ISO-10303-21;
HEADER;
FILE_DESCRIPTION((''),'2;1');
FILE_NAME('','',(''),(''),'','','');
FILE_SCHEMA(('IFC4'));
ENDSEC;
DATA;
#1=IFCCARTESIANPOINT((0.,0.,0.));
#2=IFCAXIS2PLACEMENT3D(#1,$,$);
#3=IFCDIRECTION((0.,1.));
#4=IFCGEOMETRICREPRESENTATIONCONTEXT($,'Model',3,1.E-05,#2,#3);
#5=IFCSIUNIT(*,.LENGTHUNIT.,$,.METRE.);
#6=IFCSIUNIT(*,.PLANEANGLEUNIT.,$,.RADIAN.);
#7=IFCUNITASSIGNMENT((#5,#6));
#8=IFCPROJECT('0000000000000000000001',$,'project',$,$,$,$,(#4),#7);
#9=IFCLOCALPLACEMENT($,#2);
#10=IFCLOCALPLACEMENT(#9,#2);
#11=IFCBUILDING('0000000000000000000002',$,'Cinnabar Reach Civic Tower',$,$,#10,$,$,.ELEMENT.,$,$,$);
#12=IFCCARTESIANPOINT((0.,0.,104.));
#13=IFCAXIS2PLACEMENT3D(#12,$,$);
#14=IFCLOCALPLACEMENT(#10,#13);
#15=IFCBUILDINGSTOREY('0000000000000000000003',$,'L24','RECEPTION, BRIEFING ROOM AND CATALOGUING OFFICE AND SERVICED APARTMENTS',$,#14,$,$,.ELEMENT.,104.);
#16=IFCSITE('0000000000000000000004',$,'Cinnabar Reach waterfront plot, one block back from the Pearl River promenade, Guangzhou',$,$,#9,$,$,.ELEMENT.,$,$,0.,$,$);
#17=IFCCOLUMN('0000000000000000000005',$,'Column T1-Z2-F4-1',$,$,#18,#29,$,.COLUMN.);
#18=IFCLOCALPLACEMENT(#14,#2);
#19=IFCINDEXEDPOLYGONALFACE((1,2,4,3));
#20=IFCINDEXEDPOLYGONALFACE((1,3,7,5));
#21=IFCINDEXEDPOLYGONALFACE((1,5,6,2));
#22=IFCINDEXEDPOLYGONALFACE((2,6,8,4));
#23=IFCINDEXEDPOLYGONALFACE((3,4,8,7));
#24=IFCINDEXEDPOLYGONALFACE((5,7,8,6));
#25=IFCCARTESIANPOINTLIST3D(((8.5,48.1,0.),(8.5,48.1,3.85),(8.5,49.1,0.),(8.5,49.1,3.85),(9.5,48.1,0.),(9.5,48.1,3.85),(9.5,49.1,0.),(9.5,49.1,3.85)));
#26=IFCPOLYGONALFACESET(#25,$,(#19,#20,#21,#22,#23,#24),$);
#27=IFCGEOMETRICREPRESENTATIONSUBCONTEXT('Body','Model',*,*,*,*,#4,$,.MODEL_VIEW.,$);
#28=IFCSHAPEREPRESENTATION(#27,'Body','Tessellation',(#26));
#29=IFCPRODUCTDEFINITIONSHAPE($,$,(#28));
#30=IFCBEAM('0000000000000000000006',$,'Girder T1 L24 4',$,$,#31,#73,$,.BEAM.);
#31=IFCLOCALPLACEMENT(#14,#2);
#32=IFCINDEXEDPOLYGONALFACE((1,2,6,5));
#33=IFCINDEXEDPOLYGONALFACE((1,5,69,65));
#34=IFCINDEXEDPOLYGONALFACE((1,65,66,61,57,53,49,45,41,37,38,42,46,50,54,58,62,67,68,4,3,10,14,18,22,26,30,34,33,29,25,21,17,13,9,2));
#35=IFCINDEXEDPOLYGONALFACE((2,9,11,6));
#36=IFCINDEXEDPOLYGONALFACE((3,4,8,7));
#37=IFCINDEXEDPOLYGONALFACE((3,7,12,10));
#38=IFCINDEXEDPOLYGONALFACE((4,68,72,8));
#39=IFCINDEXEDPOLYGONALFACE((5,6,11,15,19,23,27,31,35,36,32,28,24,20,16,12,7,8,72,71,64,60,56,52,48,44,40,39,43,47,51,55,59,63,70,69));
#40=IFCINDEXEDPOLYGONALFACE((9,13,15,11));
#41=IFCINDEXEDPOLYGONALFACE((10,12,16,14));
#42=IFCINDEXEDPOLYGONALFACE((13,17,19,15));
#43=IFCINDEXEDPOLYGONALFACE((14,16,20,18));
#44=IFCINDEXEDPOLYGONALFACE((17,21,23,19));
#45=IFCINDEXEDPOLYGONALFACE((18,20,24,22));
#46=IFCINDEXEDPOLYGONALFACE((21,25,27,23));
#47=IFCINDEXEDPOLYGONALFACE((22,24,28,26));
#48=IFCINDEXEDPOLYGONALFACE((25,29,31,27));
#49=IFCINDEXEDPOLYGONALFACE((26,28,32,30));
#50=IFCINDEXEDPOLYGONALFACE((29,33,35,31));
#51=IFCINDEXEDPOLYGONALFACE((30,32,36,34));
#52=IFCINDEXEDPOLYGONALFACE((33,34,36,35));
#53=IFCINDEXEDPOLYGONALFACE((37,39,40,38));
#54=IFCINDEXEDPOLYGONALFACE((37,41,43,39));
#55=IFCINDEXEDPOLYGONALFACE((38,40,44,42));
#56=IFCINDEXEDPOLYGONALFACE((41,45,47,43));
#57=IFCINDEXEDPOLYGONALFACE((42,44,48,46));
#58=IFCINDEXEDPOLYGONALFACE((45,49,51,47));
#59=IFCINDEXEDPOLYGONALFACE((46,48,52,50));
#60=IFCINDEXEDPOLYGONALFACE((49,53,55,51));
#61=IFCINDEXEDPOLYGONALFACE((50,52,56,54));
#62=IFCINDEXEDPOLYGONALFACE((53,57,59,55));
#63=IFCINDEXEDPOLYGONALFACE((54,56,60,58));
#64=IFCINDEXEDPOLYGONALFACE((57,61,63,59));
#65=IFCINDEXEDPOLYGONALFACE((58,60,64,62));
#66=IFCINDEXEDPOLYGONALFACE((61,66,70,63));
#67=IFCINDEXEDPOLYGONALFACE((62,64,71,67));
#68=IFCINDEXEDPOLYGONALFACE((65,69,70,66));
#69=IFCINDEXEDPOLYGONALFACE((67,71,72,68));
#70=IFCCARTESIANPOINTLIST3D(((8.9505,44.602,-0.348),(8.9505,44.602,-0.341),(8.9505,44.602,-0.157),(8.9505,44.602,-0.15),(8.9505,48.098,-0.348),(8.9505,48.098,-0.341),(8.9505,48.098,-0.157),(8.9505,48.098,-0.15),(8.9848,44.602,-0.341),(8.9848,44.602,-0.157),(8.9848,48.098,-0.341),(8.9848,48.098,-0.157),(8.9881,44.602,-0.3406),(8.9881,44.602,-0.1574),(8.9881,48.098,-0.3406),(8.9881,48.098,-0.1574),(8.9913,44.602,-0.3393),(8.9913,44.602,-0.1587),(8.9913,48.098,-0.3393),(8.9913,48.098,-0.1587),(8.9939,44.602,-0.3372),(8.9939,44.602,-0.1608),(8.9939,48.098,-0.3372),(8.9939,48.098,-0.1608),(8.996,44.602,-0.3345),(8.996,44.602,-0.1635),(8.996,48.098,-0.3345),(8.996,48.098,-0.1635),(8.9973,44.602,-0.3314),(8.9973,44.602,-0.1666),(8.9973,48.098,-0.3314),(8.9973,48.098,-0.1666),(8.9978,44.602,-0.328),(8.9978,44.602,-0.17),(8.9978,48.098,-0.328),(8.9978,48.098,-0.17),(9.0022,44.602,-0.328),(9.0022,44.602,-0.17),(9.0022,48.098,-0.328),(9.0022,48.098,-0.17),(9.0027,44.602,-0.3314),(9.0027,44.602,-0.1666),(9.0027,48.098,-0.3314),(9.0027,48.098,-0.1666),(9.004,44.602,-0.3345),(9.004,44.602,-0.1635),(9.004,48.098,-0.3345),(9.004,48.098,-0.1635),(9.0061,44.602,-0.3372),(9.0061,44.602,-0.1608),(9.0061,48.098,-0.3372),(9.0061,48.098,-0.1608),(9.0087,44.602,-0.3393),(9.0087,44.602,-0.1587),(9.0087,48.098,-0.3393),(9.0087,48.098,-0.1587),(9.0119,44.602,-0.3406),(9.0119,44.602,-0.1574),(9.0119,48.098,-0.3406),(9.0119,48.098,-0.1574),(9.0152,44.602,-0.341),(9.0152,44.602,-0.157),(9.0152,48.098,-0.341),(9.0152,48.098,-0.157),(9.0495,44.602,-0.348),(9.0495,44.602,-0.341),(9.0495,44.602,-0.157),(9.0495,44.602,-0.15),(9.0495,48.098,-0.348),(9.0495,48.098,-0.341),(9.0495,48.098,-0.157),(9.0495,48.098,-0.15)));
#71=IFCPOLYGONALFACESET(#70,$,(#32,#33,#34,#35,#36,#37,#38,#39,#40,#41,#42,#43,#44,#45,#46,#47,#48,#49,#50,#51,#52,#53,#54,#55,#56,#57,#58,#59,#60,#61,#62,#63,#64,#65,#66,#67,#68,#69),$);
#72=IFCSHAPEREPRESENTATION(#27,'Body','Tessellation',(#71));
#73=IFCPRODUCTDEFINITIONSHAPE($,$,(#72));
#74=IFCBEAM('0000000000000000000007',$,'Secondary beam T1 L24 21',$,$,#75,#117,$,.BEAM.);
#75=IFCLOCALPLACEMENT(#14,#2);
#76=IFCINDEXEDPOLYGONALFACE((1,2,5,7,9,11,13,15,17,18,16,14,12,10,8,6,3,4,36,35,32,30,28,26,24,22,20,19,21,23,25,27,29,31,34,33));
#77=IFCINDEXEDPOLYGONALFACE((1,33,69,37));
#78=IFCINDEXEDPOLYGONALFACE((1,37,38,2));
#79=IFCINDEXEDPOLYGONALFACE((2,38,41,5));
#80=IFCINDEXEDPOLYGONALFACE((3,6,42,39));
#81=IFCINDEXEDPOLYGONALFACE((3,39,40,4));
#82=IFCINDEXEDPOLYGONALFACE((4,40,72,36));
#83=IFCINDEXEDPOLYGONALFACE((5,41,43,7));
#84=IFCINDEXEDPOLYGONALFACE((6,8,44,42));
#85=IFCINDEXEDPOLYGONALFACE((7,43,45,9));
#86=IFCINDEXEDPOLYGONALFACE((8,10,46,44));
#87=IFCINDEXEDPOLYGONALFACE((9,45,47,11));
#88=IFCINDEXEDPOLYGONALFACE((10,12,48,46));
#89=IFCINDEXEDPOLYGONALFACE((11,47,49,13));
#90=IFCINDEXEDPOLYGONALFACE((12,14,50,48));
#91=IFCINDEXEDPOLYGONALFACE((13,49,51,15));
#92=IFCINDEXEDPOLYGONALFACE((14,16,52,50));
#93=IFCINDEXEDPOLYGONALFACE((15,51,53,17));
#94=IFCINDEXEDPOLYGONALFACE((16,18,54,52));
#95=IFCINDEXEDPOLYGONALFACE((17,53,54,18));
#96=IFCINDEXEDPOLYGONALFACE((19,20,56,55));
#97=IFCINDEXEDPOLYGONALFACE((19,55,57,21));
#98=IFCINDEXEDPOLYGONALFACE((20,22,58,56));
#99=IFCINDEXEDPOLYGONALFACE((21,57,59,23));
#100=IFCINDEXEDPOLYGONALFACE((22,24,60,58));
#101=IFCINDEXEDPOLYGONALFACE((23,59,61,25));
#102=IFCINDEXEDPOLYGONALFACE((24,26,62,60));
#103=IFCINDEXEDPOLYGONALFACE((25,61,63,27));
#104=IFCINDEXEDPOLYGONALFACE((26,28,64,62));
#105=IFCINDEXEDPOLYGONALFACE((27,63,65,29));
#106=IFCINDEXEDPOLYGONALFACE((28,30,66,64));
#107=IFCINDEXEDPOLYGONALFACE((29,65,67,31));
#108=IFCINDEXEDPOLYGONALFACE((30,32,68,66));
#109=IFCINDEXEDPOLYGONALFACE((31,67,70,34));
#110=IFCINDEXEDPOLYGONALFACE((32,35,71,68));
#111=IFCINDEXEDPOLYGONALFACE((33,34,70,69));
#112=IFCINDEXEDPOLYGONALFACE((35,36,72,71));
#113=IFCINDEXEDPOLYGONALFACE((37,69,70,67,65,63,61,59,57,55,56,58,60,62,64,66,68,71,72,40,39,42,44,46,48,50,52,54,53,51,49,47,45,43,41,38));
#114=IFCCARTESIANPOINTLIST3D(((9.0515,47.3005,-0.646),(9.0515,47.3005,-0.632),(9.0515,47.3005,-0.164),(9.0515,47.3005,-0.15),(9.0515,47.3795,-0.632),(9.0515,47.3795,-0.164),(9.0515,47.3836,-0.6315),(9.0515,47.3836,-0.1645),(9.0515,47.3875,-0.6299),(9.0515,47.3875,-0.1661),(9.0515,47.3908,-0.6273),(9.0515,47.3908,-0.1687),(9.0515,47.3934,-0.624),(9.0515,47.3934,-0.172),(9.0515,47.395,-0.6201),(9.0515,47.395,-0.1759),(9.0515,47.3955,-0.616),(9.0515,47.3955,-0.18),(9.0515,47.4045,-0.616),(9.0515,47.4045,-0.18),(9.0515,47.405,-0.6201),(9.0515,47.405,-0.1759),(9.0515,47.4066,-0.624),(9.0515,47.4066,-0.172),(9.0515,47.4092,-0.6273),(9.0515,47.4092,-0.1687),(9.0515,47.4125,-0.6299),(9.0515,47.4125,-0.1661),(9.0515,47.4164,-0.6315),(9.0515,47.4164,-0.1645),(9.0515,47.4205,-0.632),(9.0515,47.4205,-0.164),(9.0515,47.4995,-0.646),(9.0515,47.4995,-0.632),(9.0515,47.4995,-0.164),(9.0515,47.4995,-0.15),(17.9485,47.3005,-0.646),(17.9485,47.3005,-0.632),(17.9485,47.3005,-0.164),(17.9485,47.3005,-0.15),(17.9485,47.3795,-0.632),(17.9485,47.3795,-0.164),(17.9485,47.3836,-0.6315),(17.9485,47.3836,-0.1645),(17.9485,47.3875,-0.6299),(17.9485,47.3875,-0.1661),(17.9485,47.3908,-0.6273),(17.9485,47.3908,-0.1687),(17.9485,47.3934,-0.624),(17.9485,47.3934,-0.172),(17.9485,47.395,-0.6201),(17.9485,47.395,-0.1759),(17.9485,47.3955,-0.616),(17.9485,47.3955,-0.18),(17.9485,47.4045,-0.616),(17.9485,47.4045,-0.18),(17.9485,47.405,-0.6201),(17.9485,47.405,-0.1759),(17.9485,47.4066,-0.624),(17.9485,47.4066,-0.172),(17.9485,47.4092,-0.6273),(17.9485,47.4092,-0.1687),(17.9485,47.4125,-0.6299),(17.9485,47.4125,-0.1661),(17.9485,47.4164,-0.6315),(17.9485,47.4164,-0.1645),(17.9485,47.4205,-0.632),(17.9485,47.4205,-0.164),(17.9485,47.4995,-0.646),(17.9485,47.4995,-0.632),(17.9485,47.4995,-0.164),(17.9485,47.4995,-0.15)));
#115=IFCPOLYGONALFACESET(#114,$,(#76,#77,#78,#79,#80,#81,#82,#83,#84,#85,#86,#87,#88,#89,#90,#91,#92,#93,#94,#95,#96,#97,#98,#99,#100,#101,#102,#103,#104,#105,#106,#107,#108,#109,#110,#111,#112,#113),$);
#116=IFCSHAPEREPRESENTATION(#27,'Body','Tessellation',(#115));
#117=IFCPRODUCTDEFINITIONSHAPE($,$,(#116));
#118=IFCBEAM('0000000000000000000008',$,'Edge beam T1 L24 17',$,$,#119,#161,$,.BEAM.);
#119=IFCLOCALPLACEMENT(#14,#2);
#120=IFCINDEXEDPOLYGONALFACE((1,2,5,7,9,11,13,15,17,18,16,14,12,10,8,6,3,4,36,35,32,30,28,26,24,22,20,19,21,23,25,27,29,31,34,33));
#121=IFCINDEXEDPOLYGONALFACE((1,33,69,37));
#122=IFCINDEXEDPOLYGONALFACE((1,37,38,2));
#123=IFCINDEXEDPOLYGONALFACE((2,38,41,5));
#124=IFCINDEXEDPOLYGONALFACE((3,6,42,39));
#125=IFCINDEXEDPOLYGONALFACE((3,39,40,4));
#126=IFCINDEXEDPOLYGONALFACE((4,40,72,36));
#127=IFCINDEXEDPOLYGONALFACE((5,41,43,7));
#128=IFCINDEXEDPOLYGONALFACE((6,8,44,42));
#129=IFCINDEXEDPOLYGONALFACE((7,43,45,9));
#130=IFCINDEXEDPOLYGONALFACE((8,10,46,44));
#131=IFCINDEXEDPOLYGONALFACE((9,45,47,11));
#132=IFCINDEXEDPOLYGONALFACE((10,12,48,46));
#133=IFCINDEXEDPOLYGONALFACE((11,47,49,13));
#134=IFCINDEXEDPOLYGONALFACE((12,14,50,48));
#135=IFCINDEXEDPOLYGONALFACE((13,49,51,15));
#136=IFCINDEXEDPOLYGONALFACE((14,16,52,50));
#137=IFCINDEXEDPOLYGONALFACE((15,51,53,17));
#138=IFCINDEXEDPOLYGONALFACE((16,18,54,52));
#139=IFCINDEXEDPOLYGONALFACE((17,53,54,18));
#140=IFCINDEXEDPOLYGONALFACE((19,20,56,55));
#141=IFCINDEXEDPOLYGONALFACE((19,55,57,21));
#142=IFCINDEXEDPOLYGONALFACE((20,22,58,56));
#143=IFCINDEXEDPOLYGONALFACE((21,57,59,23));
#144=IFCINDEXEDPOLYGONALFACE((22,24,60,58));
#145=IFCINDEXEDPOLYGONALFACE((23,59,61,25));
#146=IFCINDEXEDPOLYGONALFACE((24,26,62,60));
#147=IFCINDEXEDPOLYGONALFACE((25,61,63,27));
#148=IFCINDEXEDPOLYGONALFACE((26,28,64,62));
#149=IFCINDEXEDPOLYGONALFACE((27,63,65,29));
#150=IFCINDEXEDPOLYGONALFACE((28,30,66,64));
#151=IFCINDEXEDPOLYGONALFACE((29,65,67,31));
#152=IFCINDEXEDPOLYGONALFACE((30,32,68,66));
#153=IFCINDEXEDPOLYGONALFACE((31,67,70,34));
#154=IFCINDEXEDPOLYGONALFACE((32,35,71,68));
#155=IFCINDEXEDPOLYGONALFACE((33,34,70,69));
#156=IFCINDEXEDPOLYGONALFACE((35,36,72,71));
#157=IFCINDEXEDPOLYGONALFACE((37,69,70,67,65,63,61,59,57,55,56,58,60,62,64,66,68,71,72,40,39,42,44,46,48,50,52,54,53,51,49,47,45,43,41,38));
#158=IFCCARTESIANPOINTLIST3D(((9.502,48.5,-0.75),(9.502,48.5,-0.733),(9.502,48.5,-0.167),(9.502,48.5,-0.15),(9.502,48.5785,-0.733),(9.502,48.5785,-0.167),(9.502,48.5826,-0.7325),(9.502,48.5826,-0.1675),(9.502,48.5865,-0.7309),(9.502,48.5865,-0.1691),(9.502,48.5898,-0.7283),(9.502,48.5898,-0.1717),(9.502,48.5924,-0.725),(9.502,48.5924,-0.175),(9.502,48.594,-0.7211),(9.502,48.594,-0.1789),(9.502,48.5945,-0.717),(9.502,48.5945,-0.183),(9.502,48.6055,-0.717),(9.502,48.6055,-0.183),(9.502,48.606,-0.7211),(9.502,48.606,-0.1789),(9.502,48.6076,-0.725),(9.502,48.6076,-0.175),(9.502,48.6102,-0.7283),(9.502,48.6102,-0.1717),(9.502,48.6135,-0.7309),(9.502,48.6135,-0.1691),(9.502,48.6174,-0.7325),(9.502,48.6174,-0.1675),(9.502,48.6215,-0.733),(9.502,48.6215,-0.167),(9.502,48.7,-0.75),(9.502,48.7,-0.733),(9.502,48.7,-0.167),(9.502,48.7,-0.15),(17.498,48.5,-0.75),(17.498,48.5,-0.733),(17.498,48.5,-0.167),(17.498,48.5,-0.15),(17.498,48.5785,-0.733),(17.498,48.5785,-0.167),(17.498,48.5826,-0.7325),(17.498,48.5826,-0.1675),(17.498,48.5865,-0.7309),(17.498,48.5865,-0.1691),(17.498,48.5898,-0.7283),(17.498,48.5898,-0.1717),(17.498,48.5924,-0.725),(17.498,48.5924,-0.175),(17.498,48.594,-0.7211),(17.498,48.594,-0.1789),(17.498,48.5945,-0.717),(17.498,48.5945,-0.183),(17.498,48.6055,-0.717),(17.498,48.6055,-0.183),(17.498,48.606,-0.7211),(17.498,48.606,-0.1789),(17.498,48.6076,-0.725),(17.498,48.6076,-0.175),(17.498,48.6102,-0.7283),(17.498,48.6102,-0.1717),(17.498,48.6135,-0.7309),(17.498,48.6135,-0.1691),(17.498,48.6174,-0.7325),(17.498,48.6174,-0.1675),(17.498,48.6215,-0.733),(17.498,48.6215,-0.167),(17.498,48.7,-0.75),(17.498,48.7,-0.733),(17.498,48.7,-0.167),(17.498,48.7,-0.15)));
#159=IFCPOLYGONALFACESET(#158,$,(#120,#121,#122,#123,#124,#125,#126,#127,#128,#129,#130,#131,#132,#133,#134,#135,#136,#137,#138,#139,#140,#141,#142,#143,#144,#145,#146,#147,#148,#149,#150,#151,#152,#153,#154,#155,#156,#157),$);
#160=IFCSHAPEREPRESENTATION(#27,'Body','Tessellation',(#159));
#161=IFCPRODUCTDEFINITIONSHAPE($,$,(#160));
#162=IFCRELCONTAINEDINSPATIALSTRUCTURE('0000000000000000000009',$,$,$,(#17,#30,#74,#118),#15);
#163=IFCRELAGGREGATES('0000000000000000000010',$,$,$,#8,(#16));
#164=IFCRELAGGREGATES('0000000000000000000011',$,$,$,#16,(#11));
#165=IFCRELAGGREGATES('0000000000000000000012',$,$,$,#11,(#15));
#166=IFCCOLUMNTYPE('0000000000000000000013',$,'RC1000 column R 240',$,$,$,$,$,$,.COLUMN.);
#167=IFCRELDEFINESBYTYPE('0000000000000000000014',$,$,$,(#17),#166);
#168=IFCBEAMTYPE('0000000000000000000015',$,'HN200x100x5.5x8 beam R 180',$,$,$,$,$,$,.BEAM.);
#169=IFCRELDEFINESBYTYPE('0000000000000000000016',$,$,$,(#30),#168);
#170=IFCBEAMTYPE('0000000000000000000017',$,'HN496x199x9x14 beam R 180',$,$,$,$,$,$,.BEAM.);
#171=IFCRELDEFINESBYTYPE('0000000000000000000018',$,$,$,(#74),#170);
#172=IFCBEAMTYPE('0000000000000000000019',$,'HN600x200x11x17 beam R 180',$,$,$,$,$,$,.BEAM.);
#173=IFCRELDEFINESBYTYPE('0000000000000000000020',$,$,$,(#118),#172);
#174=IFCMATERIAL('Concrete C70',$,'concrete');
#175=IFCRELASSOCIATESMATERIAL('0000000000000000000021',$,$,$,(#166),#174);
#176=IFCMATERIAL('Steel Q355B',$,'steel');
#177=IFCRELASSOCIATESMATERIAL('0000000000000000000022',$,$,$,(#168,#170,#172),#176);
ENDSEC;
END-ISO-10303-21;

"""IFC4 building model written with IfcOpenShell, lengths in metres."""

from ifc_helpers import new_model, si_unit, direction, frame, origin, origin_2d, place, context, subcontext, project, spatial, rectangle, i_section, extrude, material, material_profile, profile_set, type_object, element, save


model = new_model("IFC4")

# Units and contexts
model_context = context("Model", 3, precision=1e-05, world=origin(), true_north=direction((0.0, 1.0)))
body_context = subcontext(model_context, "Body", "Model", "MODEL_VIEW")
ifc_project = project(units=[si_unit("LENGTHUNIT", "METRE"), si_unit("PLANEANGLEUNIT", "RADIAN")], contexts=[model_context])

# Site, building, storey
site_placement = place(None, origin())
site = spatial("IfcSite", under=ifc_project, at=site_placement, Name="Cinnabar Reach waterfront plot, one block back from the Pearl River promenade, Guangzhou", CompositionType="ELEMENT", RefElevation=0.0)
building_placement = place(site_placement, origin())
building = spatial("IfcBuilding", under=site, at=building_placement, Name="Cinnabar Reach Civic Tower", CompositionType="ELEMENT")
storey_placement = place(building_placement, frame((0.0, 0.0, 104.0)))
storey = spatial("IfcBuildingStorey", under=building, at=storey_placement, Name="L24", Description="RECEPTION, BRIEFING ROOM AND CATALOGUING OFFICE AND SERVICED APARTMENTS", CompositionType="ELEMENT", Elevation=104.0)

# Column
ifc_material_1 = material(Name="Concrete C70", Category="concrete")
ifc_material_profile_1 = material_profile(ifc_material_1, rectangle(XDim=1.0, YDim=1.0, at=origin_2d()), Name="RC1000")
ifc_profile_set_1 = profile_set([ifc_material_profile_1], Name="Concrete C70")
column_type = type_object("IfcColumnType", Name="RC1000 column R 240", PredefinedType="COLUMN", material=ifc_profile_set_1)
column_placement = place(storey_placement, frame((9.0, 48.6, 0.0), z_axis=(0.0, 0.0, 1.0), x_axis=(1.0, 0.0, 0.0)))
element("IfcColumn", 1, at=column_placement, inside=storey, type_object=column_type, Name="Column T1-Z2-F4-1", PredefinedType="COLUMN", context=body_context, shape_type="SweptSolid", body=[
    extrude(rectangle(XDim=1.0, YDim=1.0, at=origin_2d()), origin(), (0.0, 0.0, 1.0), 3.85),
])

# Beams
ifc_material_2 = material(Name="Steel Q355B", Category="steel")
ifc_material_profile_2 = material_profile(ifc_material_2, i_section(OverallWidth=0.099, OverallDepth=0.198, WebThickness=0.0045, FlangeThickness=0.007, FilletRadius=0.013, at=origin_2d()), Name="HN200x100x5.5x8")
ifc_profile_set_2 = profile_set([ifc_material_profile_2], Name="Steel Q355B")
beam_type_1 = type_object("IfcBeamType", Name="HN200x100x5.5x8 beam R 180", PredefinedType="BEAM", material=ifc_profile_set_2)
beam_1_placement = place(storey_placement, frame((9.0, 44.602, -0.249), z_axis=(0.0, 1.0, 0.0), x_axis=(-1.0, 0.0, 0.0)))
element("IfcBeam", 2, at=beam_1_placement, inside=storey, type_object=beam_type_1, Name="Girder T1 L24 4", PredefinedType="BEAM", context=body_context, shape_type="SweptSolid", body=[
    extrude(i_section(OverallWidth=0.099, OverallDepth=0.198, WebThickness=0.0045, FlangeThickness=0.007, FilletRadius=0.013, at=origin_2d()), origin(), (0.0, 0.0, 1.0), 3.496),
])
ifc_material_profile_3 = material_profile(ifc_material_2, i_section(OverallWidth=0.199, OverallDepth=0.496, WebThickness=0.009, FlangeThickness=0.014, FilletRadius=0.016, at=origin_2d()), Name="HN496x199x9x14")
ifc_profile_set_3 = profile_set([ifc_material_profile_3], Name="Steel Q355B")
beam_type_2 = type_object("IfcBeamType", Name="HN496x199x9x14 beam R 180", PredefinedType="BEAM", material=ifc_profile_set_3)
beam_2_placement = place(storey_placement, frame((9.0515, 47.4, -0.398), z_axis=(1.0, 0.0, 0.0), x_axis=(0.0, 1.0, 0.0)))
element("IfcBeam", 3, at=beam_2_placement, inside=storey, type_object=beam_type_2, Name="Secondary beam T1 L24 21", PredefinedType="BEAM", context=body_context, shape_type="SweptSolid", body=[
    extrude(i_section(OverallWidth=0.199, OverallDepth=0.496, WebThickness=0.009, FlangeThickness=0.014, FilletRadius=0.016, at=origin_2d()), origin(), (0.0, 0.0, 1.0), 8.897),
])
ifc_material_profile_4 = material_profile(ifc_material_2, i_section(OverallWidth=0.2, OverallDepth=0.6, WebThickness=0.011, FlangeThickness=0.017, FilletRadius=0.016, at=origin_2d()), Name="HN600x200x11x17")
ifc_profile_set_4 = profile_set([ifc_material_profile_4], Name="Steel Q355B")
beam_type_3 = type_object("IfcBeamType", Name="HN600x200x11x17 beam R 180", PredefinedType="BEAM", material=ifc_profile_set_4)
beam_3_placement = place(storey_placement, frame((17.498, 48.6, -0.45), z_axis=(-1.0, 0.0, 0.0), x_axis=(0.0, -1.0, 0.0)))
element("IfcBeam", 4, at=beam_3_placement, inside=storey, type_object=beam_type_3, Name="Edge beam T1 L24 17", PredefinedType="BEAM", context=body_context, shape_type="SweptSolid", body=[
    extrude(i_section(OverallWidth=0.2, OverallDepth=0.6, WebThickness=0.011, FlangeThickness=0.017, FilletRadius=0.016, at=origin_2d()), origin(), (0.0, 0.0, 1.0), 7.996),
])

save(model, "model.ifc")
